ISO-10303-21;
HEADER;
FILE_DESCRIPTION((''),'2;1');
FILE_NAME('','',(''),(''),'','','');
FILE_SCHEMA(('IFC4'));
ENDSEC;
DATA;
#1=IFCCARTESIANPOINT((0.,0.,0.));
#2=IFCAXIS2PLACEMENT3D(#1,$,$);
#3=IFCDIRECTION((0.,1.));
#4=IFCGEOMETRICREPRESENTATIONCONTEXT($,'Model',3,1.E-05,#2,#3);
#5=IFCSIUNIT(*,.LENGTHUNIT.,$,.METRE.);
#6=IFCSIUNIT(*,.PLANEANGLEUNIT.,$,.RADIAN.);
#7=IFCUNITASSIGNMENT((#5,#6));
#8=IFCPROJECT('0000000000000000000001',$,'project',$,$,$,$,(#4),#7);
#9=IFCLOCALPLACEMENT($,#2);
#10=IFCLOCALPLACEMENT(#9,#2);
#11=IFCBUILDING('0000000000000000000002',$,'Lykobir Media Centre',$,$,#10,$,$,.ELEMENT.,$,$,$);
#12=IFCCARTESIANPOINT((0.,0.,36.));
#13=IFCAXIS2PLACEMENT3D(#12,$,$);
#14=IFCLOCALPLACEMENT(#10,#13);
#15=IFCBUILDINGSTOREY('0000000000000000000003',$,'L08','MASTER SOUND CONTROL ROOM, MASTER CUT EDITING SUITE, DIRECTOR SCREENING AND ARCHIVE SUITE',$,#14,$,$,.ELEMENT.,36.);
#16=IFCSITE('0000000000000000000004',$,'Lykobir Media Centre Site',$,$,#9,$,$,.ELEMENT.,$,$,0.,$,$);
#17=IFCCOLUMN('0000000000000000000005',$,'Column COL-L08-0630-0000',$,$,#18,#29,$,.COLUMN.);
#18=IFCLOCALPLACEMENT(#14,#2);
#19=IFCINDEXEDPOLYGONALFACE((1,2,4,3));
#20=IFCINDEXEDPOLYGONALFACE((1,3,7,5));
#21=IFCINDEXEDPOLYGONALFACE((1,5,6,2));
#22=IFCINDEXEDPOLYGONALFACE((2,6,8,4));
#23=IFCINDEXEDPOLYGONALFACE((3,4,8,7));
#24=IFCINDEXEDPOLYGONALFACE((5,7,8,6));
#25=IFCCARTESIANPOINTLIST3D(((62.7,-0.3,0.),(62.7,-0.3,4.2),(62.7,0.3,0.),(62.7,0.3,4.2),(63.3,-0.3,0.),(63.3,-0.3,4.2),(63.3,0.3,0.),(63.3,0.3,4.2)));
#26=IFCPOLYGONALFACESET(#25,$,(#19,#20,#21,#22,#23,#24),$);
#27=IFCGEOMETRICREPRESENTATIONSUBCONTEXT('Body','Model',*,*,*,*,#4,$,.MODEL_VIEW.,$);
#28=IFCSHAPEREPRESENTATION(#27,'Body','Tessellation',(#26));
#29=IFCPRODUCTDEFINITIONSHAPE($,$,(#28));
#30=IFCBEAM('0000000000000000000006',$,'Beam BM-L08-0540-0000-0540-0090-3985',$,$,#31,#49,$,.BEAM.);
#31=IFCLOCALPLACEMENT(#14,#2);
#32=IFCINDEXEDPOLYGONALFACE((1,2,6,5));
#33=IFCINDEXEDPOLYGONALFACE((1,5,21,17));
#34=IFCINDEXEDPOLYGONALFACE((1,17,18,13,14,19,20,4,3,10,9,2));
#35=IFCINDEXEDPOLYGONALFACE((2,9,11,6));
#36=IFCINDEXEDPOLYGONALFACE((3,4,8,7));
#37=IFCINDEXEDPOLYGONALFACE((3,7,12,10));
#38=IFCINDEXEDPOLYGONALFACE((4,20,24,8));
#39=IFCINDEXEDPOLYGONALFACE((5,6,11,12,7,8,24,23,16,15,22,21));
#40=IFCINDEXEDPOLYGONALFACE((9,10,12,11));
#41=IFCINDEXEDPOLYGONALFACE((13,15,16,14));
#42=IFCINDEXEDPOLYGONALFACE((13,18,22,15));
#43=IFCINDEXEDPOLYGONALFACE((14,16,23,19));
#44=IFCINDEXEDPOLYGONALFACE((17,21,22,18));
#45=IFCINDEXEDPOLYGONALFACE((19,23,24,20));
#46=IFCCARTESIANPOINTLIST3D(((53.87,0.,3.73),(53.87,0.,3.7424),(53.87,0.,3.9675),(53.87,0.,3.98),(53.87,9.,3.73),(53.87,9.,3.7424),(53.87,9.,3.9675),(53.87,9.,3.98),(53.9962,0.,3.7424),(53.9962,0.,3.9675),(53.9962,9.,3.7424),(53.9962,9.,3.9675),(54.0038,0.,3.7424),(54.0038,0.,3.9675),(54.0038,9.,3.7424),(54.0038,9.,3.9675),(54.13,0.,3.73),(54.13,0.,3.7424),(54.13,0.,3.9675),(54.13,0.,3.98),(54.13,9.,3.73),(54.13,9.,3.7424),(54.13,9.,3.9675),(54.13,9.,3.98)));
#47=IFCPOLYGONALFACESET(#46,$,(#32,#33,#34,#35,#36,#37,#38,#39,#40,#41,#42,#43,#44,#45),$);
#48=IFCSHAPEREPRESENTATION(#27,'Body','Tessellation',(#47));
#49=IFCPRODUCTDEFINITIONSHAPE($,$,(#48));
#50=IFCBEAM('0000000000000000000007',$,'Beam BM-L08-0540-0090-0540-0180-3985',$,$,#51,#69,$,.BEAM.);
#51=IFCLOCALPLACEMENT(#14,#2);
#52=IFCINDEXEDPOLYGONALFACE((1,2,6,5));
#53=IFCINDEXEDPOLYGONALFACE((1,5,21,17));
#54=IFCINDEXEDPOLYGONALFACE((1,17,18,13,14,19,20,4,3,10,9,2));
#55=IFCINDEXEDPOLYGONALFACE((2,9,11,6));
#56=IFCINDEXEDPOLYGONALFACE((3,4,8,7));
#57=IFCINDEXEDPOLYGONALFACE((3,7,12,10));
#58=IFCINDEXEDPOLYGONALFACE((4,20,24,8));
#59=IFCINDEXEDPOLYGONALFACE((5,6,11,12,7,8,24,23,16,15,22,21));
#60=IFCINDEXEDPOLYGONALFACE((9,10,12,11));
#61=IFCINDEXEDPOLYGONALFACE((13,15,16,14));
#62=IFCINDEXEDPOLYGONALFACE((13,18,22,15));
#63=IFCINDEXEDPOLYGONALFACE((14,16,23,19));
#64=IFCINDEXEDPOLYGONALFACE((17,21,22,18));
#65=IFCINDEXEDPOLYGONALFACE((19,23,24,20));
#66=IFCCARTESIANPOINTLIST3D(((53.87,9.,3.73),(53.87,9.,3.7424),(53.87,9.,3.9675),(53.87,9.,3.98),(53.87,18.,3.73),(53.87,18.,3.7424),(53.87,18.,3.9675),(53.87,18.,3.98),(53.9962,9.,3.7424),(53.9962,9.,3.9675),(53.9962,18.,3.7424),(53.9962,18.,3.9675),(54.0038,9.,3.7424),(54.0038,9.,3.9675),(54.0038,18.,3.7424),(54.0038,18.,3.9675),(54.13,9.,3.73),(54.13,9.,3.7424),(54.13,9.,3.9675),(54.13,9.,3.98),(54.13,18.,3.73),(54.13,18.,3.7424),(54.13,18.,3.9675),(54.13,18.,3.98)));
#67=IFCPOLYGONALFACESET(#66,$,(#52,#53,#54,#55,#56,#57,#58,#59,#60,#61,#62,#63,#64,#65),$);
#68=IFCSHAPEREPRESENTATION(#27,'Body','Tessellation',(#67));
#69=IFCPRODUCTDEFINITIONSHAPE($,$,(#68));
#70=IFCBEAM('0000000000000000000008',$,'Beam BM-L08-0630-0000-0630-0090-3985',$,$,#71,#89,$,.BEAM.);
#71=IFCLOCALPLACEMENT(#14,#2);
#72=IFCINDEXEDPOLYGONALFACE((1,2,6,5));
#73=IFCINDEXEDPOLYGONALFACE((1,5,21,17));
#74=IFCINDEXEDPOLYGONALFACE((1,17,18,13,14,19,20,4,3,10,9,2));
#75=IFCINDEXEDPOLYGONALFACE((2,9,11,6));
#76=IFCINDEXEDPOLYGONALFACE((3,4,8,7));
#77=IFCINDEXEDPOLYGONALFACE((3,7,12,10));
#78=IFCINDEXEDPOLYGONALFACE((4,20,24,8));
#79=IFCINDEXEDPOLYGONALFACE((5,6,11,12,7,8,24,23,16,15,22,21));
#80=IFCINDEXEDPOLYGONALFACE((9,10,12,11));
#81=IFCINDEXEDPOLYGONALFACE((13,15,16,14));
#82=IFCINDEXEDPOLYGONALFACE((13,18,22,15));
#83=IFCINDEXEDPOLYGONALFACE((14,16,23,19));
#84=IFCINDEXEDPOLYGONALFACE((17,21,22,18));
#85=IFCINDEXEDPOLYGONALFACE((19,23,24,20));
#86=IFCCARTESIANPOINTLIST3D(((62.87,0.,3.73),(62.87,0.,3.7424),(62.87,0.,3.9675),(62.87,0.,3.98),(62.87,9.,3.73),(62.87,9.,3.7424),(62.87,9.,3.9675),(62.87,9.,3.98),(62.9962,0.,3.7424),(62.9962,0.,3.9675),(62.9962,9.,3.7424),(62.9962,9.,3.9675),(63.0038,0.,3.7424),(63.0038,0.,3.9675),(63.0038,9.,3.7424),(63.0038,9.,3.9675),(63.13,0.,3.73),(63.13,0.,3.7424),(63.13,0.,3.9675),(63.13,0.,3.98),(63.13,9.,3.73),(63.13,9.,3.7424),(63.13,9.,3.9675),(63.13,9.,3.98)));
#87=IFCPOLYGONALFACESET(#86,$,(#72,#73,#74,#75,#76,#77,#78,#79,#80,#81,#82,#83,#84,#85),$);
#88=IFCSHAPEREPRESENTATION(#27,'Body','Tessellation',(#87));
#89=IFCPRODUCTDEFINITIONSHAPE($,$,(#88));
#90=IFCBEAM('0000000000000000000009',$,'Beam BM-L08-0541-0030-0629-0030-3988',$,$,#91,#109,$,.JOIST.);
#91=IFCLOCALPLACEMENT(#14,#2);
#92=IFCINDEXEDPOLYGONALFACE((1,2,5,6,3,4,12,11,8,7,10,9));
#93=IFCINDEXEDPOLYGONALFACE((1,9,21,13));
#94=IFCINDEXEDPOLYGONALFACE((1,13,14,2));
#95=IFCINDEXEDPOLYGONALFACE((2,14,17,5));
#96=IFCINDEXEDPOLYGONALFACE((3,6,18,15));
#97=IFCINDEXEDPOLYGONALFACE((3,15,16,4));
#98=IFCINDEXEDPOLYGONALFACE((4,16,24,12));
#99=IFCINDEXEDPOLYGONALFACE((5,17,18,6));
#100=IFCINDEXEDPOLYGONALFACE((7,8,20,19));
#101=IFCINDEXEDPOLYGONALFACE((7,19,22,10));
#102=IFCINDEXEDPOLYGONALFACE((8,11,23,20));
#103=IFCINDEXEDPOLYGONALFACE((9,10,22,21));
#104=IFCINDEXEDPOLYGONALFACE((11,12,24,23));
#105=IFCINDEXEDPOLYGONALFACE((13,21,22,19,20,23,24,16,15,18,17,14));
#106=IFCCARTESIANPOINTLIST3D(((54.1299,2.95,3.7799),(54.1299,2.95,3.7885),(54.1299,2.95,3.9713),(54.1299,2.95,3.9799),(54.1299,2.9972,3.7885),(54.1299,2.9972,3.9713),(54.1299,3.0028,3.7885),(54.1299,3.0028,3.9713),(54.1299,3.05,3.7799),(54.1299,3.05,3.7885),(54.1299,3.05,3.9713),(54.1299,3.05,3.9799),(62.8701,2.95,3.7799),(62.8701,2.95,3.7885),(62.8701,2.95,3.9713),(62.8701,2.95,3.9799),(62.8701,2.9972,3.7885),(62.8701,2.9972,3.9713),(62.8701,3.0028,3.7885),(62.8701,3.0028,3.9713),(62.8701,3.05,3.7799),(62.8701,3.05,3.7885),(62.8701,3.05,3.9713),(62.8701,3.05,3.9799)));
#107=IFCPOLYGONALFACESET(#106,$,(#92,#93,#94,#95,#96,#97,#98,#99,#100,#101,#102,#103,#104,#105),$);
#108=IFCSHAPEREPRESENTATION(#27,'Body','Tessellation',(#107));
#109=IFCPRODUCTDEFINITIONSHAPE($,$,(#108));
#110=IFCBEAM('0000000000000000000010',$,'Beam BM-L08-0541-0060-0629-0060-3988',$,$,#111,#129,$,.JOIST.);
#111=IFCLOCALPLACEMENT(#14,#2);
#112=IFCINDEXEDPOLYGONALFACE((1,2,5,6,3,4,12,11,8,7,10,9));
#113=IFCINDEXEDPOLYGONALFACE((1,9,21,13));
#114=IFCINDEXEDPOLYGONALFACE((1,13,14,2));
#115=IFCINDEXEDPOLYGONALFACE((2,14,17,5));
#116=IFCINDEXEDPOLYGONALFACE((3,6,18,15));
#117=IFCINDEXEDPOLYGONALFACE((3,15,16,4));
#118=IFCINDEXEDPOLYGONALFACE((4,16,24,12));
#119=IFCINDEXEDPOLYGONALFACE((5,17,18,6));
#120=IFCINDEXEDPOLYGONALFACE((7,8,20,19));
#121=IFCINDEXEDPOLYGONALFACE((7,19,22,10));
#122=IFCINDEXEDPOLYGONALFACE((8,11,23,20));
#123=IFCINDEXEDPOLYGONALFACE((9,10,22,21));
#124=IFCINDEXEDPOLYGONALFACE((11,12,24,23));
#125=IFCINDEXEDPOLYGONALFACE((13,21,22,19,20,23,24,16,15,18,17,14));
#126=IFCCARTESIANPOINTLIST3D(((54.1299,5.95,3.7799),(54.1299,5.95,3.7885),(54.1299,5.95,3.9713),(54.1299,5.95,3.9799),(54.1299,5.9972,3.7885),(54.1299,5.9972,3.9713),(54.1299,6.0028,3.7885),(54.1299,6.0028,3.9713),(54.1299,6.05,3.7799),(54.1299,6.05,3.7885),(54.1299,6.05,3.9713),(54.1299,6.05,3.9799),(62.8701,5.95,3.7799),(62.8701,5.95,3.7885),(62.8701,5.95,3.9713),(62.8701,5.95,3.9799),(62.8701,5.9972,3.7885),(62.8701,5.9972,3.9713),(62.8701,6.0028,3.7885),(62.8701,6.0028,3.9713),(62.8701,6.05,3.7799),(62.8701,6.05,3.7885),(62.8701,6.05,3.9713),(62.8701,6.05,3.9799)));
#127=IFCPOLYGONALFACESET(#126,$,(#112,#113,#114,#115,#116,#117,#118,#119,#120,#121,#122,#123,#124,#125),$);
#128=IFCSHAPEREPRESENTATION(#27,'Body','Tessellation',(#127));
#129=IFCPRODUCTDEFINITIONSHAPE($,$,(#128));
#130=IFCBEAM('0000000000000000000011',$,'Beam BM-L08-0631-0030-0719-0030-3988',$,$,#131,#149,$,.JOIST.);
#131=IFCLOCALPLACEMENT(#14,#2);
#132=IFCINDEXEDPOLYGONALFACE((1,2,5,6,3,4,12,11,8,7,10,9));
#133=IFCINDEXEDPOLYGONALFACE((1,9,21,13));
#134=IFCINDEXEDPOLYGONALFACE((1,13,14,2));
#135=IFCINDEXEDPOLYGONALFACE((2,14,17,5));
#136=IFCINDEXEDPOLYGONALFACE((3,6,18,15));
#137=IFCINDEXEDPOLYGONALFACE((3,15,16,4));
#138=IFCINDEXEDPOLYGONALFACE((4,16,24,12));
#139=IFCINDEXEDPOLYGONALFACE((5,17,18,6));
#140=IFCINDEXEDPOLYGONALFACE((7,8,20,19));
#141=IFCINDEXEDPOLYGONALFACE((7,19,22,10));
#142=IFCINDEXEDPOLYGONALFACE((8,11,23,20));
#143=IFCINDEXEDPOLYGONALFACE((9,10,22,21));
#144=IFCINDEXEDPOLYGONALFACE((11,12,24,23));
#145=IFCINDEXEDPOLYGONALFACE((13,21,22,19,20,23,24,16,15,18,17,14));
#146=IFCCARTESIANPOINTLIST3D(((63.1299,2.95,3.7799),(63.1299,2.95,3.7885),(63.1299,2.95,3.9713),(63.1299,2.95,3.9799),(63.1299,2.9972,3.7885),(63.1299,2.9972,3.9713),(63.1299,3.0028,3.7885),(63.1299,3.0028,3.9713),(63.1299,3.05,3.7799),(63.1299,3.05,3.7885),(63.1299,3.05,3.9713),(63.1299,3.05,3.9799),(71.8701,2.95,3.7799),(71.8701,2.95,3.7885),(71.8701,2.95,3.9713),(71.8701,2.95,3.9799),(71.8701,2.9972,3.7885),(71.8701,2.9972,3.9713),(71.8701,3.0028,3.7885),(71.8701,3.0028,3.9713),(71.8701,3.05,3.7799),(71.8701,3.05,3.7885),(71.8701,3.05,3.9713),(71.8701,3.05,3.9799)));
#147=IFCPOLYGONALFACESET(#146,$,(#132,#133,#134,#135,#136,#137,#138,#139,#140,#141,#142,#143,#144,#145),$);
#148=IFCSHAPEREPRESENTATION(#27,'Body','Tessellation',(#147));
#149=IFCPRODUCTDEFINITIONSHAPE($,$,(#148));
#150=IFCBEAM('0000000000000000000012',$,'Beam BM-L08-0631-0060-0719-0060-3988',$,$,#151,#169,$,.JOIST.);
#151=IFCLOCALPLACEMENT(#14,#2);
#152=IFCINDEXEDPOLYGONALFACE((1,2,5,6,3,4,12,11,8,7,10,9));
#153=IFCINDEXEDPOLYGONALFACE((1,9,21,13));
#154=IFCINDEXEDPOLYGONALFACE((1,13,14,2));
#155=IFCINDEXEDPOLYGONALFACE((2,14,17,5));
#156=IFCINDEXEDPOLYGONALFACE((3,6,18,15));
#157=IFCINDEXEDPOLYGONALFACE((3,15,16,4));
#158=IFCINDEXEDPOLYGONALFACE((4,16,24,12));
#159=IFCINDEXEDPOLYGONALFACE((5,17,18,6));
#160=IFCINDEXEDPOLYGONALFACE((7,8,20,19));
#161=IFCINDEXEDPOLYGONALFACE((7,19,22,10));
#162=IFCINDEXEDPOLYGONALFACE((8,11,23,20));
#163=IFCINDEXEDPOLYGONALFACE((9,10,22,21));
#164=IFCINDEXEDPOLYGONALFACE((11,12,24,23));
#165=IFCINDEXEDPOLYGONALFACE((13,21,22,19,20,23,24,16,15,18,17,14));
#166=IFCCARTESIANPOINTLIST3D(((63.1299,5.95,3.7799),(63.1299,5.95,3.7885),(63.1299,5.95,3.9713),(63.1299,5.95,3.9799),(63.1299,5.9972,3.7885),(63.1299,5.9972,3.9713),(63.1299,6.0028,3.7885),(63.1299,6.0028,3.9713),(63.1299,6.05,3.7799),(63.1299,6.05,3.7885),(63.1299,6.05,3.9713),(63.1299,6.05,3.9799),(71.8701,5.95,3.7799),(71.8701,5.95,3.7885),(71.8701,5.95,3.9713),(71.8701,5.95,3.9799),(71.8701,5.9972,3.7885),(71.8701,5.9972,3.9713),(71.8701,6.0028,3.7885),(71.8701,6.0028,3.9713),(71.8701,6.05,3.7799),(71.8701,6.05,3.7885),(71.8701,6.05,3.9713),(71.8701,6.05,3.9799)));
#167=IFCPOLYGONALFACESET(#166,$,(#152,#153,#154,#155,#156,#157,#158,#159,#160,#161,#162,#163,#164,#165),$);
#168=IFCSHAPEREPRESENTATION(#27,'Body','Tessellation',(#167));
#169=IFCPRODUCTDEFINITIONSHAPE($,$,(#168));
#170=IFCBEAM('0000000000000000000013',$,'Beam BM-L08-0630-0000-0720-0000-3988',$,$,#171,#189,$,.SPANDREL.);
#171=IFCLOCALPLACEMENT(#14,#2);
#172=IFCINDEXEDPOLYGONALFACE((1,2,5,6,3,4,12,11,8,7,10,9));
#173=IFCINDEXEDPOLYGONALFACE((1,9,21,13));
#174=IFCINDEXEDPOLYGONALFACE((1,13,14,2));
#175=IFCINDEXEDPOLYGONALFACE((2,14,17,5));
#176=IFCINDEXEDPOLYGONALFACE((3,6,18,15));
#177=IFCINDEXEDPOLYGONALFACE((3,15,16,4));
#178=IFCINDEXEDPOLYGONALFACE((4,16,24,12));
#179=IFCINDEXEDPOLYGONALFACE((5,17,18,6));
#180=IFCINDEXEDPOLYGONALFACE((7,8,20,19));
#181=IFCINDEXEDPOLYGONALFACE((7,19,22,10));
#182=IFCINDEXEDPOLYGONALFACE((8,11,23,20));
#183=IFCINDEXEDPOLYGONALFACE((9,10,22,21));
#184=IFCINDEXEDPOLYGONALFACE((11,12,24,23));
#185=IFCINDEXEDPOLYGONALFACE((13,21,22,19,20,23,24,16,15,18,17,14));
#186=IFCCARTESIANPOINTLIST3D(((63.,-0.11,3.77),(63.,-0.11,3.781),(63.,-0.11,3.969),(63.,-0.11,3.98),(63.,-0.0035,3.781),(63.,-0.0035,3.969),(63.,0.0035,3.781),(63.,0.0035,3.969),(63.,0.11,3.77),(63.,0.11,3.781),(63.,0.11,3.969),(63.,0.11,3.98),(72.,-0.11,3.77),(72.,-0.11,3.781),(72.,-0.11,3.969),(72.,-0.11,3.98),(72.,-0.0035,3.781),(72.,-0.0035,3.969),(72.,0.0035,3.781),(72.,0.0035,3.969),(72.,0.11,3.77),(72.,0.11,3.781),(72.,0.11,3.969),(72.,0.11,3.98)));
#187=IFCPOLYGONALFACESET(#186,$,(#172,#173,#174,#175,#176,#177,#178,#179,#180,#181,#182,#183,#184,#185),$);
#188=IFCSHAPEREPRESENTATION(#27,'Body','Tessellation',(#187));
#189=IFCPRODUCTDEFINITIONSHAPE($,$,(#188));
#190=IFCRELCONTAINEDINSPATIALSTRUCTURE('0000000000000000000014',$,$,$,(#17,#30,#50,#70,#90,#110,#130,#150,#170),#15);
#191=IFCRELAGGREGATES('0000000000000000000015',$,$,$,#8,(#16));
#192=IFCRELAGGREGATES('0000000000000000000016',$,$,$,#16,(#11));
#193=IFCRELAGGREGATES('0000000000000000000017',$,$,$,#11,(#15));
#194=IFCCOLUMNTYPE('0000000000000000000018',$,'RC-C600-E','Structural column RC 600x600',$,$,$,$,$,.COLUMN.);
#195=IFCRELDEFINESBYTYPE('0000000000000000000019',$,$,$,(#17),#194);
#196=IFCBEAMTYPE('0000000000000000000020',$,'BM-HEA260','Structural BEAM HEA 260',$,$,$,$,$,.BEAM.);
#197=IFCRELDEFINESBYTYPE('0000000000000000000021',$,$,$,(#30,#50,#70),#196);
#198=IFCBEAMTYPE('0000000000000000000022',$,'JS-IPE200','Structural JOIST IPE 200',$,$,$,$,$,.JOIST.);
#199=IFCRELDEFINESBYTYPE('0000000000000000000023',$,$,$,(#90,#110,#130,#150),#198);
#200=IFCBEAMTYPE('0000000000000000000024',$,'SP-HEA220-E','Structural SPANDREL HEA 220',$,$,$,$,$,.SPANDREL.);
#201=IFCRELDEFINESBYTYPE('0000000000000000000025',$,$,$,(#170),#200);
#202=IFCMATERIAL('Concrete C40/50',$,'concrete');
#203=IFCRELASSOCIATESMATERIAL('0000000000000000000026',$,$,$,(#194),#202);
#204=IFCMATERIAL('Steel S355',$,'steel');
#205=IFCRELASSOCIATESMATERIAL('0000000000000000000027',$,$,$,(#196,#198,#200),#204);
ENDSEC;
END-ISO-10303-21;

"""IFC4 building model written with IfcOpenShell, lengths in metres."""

from ifc_helpers import new_model, si_unit, direction, frame, origin, origin_2d, place, context, subcontext, project, spatial, rectangle, i_section, extrude, material, material_profile, profile_set, type_object, element, save


model = new_model("IFC4")

# Units and contexts
model_context = context("Model", 3, precision=1e-05, world=origin(), true_north=direction((0.0, 1.0)))
body_context = subcontext(model_context, "Body", "Model", "MODEL_VIEW")
ifc_project = project(units=[si_unit("LENGTHUNIT", "METRE"), si_unit("PLANEANGLEUNIT", "RADIAN")], contexts=[model_context])

# Site, building, storey
site_placement = place(None, origin())
site = spatial("IfcSite", under=ifc_project, at=site_placement, Name="Lykobir Media Centre Site", CompositionType="ELEMENT", RefElevation=0.0)
building_placement = place(site_placement, origin())
building = spatial("IfcBuilding", under=site, at=building_placement, Name="Lykobir Media Centre", CompositionType="ELEMENT")
storey_placement = place(building_placement, frame((0.0, 0.0, 36.0)))
storey = spatial("IfcBuildingStorey", under=building, at=storey_placement, Name="L08", Description="MASTER SOUND CONTROL ROOM, MASTER CUT EDITING SUITE, DIRECTOR SCREENING AND ARCHIVE SUITE", CompositionType="ELEMENT", Elevation=36.0)

# Column
ifc_material_1 = material(Name="Concrete C40/50", Category="concrete")
ifc_material_profile_1 = material_profile(ifc_material_1, rectangle(XDim=0.6001, YDim=0.6001, at=origin_2d()), Name="RC 600x600")
ifc_profile_set_1 = profile_set([ifc_material_profile_1], Name="Concrete C40/50")
column_type = type_object("IfcColumnType", Name="RC-C600-E", Description="Structural column RC 600x600", PredefinedType="COLUMN", material=ifc_profile_set_1)
column_placement = place(storey_placement, frame((63.0, 0.0, 0.0), z_axis=(0.0, 0.0, 1.0), x_axis=(1.0, 0.0, 0.0)))
element("IfcColumn", 1, at=column_placement, inside=storey, type_object=column_type, Name="Column COL-L08-0630-0000", PredefinedType="COLUMN", context=body_context, shape_type="SweptSolid", body=[
    extrude(rectangle(XDim=0.6001, YDim=0.6001, at=origin_2d()), origin(), (0.0, 0.0, 1.0), 4.2),
])

# Beams
ifc_material_2 = material(Name="Steel S355", Category="steel")
ifc_material_profile_2 = material_profile(ifc_material_2, i_section(OverallWidth=0.26, OverallDepth=0.25, WebThickness=0.0076, FlangeThickness=0.0125, at=origin_2d()), Name="HEA 260")
ifc_profile_set_2 = profile_set([ifc_material_profile_2], Name="Steel S355")
beam_type_1 = type_object("IfcBeamType", Name="BM-HEA260", Description="Structural BEAM HEA 260", PredefinedType="BEAM", material=ifc_profile_set_2)
for number, where, z_axis, x_axis, name in (
    (2, (54.0, 0.0, 3.855), (0.0, 1.0, 0.0), (-1.0, 0.0, 0.0), "Beam BM-L08-0540-0000-0540-0090-3985"),
    (3, (54.0, 9.0, 3.855), (0.0, 1.0, 0.0), (-1.0, 0.0, 0.0), "Beam BM-L08-0540-0090-0540-0180-3985"),
    (4, (63.0, 0.0, 3.855), (0.0, 1.0, 0.0), (-1.0, 0.0, 0.0), "Beam BM-L08-0630-0000-0630-0090-3985"),
):
    element("IfcBeam", number, at=place(storey_placement, frame(where, z_axis=z_axis, x_axis=x_axis)), inside=storey, type_object=beam_type_1, Name=name, PredefinedType="BEAM", context=body_context, shape_type="SweptSolid", body=[
        extrude(i_section(OverallWidth=0.26, OverallDepth=0.25, WebThickness=0.0076, FlangeThickness=0.0125, at=origin_2d()), origin(), (0.0, 0.0, 1.0), 9.0),
    ])
ifc_material_profile_3 = material_profile(ifc_material_2, i_section(OverallWidth=0.1001, OverallDepth=0.2, WebThickness=0.0056, FlangeThickness=0.0085, at=origin_2d()), Name="IPE 200")
ifc_profile_set_3 = profile_set([ifc_material_profile_3], Name="Steel S355")
beam_type_2 = type_object("IfcBeamType", Name="JS-IPE200", Description="Structural JOIST IPE 200", PredefinedType="JOIST", material=ifc_profile_set_3)
for number, where, z_axis, x_axis, name in (
    (5, (54.1299, 3.0, 3.8799), (1.0, 0.0, 0.0), (0.0, 1.0, 0.0), "Beam BM-L08-0541-0030-0629-0030-3988"),
    (6, (54.1299, 6.0, 3.8799), (1.0, 0.0, 0.0), (0.0, 1.0, 0.0), "Beam BM-L08-0541-0060-0629-0060-3988"),
    (7, (63.1299, 3.0, 3.8799), (1.0, 0.0, 0.0), (0.0, 1.0, 0.0), "Beam BM-L08-0631-0030-0719-0030-3988"),
    (8, (63.1299, 6.0, 3.8799), (1.0, 0.0, 0.0), (0.0, 1.0, 0.0), "Beam BM-L08-0631-0060-0719-0060-3988"),
):
    element("IfcBeam", number, at=place(storey_placement, frame(where, z_axis=z_axis, x_axis=x_axis)), inside=storey, type_object=beam_type_2, Name=name, PredefinedType="JOIST", context=body_context, shape_type="SweptSolid", body=[
        extrude(i_section(OverallWidth=0.1001, OverallDepth=0.2, WebThickness=0.0056, FlangeThickness=0.0085, at=origin_2d()), origin(), (0.0, 0.0, 1.0), 8.7402),
    ])
ifc_material_profile_4 = material_profile(ifc_material_2, i_section(OverallWidth=0.22, OverallDepth=0.21, WebThickness=0.0071, FlangeThickness=0.011, at=origin_2d()), Name="HEA 220")
ifc_profile_set_4 = profile_set([ifc_material_profile_4], Name="Steel S355")
beam_type_3 = type_object("IfcBeamType", Name="SP-HEA220-E", Description="Structural SPANDREL HEA 220", PredefinedType="SPANDREL", material=ifc_profile_set_4)
beam_placement = place(storey_placement, frame((63.0, 0.0, 3.875), z_axis=(1.0, 0.0, 0.0), x_axis=(0.0, 1.0, 0.0)))
element("IfcBeam", 9, at=beam_placement, inside=storey, type_object=beam_type_3, Name="Beam BM-L08-0630-0000-0720-0000-3988", PredefinedType="SPANDREL", context=body_context, shape_type="SweptSolid", body=[
    extrude(i_section(OverallWidth=0.22, OverallDepth=0.21, WebThickness=0.0071, FlangeThickness=0.011, at=origin_2d()), origin(), (0.0, 0.0, 1.0), 9.0),
])

save(model, "model.ifc")
